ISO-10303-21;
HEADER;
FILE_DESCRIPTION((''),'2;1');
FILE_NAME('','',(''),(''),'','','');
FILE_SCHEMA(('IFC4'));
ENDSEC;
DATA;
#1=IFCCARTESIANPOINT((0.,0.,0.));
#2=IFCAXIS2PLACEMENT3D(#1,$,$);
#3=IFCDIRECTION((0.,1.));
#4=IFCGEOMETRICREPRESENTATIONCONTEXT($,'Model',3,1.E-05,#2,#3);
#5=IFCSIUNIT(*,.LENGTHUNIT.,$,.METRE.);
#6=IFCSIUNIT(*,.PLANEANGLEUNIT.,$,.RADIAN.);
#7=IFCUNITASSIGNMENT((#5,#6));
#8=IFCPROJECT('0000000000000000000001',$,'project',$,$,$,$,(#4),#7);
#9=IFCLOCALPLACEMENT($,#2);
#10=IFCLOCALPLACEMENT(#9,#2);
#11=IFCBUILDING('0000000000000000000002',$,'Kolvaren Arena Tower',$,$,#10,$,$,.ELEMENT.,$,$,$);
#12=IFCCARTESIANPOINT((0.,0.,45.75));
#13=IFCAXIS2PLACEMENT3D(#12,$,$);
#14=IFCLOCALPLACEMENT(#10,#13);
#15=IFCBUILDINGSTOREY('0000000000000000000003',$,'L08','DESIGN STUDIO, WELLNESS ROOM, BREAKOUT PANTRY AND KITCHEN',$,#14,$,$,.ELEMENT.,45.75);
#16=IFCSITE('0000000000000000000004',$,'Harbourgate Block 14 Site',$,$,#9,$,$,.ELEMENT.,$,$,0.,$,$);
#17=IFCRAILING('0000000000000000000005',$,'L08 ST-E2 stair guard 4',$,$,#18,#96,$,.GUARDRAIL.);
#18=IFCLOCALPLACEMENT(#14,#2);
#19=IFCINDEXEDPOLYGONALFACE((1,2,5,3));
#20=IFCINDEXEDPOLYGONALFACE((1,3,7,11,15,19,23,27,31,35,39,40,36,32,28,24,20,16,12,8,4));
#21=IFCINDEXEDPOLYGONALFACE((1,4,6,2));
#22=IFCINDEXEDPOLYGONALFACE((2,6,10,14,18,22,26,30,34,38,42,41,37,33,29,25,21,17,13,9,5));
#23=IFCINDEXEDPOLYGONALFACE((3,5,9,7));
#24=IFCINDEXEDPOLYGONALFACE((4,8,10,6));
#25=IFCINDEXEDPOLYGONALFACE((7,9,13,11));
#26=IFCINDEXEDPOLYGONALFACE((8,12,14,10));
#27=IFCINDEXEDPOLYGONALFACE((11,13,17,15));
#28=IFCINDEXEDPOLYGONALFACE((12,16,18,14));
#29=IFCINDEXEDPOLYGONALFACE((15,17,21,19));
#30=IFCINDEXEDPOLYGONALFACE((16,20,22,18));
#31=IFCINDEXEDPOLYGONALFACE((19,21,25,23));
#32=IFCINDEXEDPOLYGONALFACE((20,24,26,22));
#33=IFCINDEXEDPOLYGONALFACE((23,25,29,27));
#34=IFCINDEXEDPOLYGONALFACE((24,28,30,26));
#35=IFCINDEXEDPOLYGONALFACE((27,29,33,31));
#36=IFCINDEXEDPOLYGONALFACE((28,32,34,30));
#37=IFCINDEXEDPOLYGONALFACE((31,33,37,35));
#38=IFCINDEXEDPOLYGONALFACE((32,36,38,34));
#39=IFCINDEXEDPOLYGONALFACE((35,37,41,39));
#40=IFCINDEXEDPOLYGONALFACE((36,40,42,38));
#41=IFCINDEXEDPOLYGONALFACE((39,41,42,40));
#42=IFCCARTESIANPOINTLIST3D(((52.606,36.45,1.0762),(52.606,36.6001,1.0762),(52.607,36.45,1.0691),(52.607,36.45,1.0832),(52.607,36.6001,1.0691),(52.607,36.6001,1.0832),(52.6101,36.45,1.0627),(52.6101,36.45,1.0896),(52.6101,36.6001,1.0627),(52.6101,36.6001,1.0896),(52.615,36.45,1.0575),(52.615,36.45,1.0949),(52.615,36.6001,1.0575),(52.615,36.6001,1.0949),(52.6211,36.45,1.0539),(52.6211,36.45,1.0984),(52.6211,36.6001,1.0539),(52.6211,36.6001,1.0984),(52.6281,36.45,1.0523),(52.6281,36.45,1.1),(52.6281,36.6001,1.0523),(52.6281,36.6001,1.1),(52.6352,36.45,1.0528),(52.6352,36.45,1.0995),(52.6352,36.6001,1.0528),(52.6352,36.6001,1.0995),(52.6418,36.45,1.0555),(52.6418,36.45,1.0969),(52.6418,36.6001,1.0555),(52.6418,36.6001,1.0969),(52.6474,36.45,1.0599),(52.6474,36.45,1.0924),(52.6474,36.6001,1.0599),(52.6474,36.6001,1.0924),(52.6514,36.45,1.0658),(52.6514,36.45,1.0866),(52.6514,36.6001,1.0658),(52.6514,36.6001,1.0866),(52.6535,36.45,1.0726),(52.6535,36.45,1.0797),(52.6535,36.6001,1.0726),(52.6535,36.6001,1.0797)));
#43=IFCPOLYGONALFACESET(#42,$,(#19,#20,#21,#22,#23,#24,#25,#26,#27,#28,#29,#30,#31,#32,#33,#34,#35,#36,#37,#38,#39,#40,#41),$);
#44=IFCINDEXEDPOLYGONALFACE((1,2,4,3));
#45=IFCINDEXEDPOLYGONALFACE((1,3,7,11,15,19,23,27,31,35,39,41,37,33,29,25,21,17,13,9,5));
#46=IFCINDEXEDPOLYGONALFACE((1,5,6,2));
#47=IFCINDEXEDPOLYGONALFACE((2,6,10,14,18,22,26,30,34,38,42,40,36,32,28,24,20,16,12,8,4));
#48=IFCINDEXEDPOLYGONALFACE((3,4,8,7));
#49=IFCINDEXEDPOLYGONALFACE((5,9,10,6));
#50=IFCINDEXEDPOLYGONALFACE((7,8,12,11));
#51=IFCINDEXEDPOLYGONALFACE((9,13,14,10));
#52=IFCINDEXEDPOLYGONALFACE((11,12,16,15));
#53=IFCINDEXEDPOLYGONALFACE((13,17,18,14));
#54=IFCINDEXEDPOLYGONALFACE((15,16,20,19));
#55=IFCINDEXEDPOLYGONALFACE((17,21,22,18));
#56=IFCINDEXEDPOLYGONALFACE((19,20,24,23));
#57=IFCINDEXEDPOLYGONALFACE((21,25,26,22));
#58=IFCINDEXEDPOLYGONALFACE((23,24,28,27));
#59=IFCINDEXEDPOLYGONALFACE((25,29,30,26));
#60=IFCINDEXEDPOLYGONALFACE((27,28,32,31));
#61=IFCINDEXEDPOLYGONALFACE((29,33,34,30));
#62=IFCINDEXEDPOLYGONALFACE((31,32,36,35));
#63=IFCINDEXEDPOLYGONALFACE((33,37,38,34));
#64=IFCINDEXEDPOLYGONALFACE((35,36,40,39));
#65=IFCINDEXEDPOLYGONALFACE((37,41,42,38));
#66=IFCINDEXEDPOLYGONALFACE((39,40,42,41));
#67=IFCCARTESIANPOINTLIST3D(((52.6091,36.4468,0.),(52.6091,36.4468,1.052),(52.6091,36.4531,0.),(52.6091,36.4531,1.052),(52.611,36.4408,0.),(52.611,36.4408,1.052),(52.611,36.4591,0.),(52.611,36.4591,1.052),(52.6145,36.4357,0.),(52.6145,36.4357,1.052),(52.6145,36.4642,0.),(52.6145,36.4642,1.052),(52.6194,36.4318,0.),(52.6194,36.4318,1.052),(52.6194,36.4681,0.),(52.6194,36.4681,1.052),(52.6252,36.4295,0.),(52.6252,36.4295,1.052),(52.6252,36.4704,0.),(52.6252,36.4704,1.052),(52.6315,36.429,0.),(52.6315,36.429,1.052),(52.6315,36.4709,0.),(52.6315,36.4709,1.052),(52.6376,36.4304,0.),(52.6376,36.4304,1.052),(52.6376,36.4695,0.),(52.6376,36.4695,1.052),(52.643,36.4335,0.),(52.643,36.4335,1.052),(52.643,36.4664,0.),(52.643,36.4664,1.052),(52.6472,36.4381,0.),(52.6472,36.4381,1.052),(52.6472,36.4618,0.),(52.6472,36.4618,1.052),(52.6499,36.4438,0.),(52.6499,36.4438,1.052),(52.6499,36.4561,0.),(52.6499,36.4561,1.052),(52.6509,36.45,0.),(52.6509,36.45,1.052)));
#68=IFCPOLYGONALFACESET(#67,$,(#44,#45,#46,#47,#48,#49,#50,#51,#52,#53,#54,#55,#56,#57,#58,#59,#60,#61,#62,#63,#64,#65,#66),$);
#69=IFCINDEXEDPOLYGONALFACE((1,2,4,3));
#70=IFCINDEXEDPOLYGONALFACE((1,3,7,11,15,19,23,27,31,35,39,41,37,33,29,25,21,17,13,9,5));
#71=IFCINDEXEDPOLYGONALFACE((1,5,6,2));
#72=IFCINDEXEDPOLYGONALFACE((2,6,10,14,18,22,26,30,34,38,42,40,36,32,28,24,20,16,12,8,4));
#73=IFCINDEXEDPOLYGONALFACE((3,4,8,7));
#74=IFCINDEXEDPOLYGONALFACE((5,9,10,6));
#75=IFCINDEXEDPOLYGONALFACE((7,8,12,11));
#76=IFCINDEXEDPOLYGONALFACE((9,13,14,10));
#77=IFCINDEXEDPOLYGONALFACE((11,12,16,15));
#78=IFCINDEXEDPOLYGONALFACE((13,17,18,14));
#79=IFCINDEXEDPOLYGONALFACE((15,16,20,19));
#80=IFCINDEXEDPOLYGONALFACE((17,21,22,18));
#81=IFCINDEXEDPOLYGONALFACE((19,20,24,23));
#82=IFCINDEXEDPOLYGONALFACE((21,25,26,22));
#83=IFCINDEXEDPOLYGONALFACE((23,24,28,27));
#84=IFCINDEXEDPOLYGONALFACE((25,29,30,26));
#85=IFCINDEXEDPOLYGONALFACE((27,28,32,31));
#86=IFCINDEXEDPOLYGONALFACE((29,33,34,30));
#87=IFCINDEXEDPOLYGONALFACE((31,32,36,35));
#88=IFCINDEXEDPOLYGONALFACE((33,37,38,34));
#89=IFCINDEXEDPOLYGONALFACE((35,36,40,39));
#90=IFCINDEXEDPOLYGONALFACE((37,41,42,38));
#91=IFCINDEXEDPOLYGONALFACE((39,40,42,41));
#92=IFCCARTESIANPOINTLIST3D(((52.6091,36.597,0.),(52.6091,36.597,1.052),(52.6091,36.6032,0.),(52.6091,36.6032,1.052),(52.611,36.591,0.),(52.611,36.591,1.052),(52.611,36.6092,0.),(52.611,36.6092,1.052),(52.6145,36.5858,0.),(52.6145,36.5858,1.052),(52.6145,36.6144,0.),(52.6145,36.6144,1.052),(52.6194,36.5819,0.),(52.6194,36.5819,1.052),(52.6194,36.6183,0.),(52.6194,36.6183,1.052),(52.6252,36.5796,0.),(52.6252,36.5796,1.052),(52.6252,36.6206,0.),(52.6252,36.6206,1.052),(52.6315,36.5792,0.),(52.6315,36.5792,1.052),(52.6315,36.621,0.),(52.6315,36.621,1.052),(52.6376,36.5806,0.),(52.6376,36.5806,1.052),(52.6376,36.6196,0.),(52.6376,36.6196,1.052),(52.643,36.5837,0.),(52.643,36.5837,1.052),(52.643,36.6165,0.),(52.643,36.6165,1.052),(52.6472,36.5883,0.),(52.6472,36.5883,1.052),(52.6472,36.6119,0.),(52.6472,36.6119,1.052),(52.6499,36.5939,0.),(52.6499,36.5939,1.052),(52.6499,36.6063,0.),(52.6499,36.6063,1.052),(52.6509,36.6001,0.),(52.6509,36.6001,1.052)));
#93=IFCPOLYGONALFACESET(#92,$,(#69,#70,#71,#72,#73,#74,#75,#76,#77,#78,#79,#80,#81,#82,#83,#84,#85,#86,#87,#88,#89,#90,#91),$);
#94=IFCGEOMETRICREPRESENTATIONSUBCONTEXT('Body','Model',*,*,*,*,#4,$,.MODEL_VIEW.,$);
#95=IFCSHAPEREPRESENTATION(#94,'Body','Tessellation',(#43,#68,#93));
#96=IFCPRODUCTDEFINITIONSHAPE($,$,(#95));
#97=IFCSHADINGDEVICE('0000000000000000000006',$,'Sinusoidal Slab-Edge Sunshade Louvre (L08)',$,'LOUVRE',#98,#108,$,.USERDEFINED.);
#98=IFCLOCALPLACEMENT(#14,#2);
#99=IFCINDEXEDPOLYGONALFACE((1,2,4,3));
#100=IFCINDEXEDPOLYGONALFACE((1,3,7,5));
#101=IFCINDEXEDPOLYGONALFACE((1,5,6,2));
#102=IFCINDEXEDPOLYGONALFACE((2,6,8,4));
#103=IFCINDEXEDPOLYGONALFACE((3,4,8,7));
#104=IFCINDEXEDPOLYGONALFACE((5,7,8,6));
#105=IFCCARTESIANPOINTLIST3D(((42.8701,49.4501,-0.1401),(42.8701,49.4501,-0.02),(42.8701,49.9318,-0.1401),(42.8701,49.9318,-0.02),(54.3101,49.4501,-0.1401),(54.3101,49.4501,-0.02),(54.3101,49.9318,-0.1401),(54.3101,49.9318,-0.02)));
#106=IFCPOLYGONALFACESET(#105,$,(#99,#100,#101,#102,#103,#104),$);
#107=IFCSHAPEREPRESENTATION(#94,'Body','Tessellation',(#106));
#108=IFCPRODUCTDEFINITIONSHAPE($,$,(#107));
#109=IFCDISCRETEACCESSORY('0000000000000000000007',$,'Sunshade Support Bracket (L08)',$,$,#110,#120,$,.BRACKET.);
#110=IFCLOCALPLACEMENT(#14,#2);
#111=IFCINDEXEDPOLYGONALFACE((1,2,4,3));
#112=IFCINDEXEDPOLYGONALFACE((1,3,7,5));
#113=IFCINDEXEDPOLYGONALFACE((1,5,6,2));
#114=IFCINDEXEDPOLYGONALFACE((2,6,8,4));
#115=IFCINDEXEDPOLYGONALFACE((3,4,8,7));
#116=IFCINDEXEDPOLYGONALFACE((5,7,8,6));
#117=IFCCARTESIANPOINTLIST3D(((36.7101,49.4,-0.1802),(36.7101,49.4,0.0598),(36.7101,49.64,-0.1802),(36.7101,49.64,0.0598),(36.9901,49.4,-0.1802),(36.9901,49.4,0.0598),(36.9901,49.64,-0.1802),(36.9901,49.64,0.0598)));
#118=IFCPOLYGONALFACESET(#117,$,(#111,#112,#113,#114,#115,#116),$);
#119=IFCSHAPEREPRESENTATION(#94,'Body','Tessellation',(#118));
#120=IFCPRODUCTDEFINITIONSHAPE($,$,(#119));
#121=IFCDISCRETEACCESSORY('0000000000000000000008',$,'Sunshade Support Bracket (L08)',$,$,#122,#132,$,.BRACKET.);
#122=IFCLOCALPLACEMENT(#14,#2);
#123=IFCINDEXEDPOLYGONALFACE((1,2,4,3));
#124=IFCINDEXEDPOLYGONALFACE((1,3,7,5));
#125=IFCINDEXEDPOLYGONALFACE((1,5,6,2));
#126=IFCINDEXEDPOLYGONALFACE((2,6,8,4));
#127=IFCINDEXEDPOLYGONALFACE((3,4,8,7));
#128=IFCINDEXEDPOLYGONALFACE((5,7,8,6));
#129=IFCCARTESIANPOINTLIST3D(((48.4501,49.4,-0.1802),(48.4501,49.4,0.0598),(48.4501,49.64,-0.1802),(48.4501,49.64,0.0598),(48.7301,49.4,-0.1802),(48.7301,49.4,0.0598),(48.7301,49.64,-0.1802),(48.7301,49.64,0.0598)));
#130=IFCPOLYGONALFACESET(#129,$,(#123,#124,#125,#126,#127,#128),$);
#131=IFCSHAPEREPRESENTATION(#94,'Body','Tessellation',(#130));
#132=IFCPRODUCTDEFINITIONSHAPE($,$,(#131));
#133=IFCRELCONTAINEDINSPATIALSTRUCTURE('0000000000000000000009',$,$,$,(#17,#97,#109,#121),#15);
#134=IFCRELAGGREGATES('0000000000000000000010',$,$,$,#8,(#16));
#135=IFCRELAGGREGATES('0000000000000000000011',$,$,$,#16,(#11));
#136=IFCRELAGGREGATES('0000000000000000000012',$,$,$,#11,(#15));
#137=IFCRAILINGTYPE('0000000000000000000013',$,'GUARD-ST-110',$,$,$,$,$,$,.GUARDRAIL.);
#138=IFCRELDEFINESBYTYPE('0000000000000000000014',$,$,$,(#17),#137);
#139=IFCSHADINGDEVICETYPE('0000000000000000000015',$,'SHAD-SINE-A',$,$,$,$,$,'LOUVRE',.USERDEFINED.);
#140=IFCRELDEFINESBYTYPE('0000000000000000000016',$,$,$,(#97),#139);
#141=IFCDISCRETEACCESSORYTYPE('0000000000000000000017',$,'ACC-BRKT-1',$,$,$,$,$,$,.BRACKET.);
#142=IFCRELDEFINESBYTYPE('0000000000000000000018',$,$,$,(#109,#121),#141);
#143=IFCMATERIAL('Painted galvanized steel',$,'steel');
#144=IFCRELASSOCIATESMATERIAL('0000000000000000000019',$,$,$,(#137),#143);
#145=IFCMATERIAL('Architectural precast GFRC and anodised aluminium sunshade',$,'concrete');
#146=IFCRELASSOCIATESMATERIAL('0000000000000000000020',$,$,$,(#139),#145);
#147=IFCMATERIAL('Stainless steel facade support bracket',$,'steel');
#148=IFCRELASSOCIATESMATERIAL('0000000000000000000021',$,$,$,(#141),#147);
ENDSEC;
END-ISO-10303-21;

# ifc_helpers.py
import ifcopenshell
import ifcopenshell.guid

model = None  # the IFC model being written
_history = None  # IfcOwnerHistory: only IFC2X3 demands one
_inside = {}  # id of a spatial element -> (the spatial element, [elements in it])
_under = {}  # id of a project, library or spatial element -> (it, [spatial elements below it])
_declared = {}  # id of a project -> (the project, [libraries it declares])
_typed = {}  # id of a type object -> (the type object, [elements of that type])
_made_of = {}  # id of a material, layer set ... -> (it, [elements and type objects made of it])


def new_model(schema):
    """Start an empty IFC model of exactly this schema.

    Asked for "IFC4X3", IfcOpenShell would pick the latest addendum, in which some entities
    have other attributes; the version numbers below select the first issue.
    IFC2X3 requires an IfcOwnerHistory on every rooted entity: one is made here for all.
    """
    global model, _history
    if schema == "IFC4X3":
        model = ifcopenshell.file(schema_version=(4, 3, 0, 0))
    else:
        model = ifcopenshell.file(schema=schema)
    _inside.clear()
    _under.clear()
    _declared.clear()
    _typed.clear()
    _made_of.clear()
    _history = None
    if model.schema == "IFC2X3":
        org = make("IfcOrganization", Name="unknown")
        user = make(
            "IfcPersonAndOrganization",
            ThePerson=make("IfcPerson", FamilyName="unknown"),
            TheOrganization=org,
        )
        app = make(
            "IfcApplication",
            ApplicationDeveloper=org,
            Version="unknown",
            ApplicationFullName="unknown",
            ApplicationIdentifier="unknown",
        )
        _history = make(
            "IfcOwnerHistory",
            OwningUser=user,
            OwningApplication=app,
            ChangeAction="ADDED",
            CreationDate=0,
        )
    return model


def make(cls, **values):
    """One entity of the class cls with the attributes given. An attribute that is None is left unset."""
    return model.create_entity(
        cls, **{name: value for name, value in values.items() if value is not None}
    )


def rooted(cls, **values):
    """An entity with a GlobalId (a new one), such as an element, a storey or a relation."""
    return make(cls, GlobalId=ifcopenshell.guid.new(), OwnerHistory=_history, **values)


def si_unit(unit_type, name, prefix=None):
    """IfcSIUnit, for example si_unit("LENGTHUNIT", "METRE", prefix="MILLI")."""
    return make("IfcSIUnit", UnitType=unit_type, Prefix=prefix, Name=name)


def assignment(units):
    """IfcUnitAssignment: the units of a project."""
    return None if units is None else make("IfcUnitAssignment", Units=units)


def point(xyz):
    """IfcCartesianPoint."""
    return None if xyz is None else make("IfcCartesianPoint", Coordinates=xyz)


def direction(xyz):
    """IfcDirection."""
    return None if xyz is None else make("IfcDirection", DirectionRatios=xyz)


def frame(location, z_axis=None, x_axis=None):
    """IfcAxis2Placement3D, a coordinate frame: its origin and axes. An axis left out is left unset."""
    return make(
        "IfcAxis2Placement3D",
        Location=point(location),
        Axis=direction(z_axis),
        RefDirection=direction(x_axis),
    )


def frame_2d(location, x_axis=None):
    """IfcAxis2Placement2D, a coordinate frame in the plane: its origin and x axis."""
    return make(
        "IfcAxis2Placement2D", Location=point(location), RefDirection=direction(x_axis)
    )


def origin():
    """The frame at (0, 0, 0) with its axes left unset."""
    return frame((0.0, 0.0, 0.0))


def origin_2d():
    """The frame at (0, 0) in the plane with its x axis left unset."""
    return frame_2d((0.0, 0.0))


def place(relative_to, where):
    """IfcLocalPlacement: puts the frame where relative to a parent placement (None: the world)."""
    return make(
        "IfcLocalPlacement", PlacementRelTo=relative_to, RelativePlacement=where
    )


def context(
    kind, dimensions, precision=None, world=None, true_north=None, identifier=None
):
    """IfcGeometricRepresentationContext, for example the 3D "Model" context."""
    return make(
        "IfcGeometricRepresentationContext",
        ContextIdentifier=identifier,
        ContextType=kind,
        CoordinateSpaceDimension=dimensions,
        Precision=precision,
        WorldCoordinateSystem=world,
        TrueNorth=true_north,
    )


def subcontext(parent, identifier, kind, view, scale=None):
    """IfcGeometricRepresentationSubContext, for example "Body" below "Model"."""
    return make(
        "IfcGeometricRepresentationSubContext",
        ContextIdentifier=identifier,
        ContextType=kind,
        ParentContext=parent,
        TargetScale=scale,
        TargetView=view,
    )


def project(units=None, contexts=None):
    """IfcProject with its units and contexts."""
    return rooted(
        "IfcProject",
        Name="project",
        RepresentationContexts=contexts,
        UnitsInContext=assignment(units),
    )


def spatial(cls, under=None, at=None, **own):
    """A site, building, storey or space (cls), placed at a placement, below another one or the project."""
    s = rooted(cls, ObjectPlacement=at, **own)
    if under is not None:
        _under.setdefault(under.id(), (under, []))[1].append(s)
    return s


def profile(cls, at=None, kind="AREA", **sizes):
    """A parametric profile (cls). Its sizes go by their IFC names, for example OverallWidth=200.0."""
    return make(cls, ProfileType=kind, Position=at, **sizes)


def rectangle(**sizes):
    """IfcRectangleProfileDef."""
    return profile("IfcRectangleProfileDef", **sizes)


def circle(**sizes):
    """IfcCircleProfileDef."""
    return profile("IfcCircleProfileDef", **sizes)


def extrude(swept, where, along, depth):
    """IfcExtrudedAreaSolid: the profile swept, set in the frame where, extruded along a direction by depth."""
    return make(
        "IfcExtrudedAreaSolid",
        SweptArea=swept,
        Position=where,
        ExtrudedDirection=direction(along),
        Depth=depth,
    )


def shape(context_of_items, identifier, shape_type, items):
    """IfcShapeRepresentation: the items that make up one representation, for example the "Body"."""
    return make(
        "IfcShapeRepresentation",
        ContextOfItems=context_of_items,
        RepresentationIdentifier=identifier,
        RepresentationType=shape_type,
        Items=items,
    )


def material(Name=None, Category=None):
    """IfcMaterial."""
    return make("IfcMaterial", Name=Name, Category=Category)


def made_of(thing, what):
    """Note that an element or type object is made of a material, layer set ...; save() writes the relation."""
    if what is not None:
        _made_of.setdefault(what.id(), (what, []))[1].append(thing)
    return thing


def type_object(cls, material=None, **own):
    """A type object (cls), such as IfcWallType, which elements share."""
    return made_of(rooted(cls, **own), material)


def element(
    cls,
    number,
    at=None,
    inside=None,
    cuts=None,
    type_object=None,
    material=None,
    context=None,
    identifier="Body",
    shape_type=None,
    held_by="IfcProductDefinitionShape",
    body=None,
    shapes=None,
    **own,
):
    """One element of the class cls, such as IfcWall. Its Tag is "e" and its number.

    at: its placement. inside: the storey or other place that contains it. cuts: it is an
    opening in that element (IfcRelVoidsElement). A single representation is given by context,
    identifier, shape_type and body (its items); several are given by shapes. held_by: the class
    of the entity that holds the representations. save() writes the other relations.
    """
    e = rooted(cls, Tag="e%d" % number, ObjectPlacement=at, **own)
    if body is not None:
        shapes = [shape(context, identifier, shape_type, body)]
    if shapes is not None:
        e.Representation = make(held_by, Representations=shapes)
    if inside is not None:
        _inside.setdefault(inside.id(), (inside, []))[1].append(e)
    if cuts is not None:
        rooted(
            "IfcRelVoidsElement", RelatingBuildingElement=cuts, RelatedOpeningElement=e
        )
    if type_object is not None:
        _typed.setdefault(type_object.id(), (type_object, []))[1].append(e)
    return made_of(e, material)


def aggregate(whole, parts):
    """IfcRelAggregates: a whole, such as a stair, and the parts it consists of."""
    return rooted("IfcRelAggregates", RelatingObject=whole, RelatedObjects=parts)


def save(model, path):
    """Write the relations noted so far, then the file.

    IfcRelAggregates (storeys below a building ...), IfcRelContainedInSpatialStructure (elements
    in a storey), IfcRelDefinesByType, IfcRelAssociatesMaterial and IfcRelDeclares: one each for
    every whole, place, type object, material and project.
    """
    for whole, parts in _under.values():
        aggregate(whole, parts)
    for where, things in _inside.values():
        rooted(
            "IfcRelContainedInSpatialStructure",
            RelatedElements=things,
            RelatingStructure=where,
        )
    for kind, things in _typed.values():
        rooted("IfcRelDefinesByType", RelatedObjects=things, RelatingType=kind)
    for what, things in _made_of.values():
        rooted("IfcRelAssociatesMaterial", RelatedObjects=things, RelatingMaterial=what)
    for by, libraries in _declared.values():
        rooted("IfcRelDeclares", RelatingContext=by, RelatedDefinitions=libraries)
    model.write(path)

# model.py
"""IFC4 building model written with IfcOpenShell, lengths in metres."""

from ifc_helpers import new_model, si_unit, direction, frame, origin, origin_2d, place, context, subcontext, project, spatial, rectangle, circle, extrude, material, type_object, element, save


model = new_model("IFC4")

# Units and contexts
model_context = context("Model", 3, precision=1e-05, world=origin(), true_north=direction((0.0, 1.0)))
body_context = subcontext(model_context, "Body", "Model", "MODEL_VIEW")
ifc_project = project(units=[si_unit("LENGTHUNIT", "METRE"), si_unit("PLANEANGLEUNIT", "RADIAN")], contexts=[model_context])

# Site, building, storey
site_placement = place(None, origin())
site = spatial("IfcSite", under=ifc_project, at=site_placement, Name="Harbourgate Block 14 Site", CompositionType="ELEMENT", RefElevation=0.0)
building_placement = place(site_placement, origin())
building = spatial("IfcBuilding", under=site, at=building_placement, Name="Kolvaren Arena Tower", CompositionType="ELEMENT")
storey_placement = place(building_placement, frame((0.0, 0.0, 45.75)))
storey = spatial("IfcBuildingStorey", under=building, at=storey_placement, Name="L08", Description="DESIGN STUDIO, WELLNESS ROOM, BREAKOUT PANTRY AND KITCHEN", CompositionType="ELEMENT", Elevation=45.75)

# Railing
ifc_material_1 = material(Name="Painted galvanized steel", Category="steel")
railing_type = type_object("IfcRailingType", Name="GUARD-ST-110", PredefinedType="GUARDRAIL", material=ifc_material_1)
railing_1_placement = place(storey_placement, frame((52.6299, 36.45, 0.0)))
element("IfcRailing", 1, at=railing_1_placement, inside=storey, type_object=railing_type, Name="L08 ST-E2 stair guard 4", PredefinedType="GUARDRAIL", context=body_context, shape_type="SweptSolid", body=[
    extrude(circle(Radius=0.0239, at=origin_2d()), frame((0.0, 0.0, 1.0762), z_axis=(0.0, 1.0, 0.0), x_axis=(-1.0, 0.0, 0.0)), (0.0, 0.0, 1.0), 0.1501),
    extrude(circle(Radius=0.021, at=origin_2d()), origin(), (0.0, 0.0, 1.0), 1.052),
    extrude(circle(Radius=0.021, at=origin_2d()), frame((0.0, 0.1501, 0.0)), (0.0, 0.0, 1.0), 1.052),
])

# Shading device
ifc_material_2 = material(Name="Architectural precast GFRC and anodised aluminium sunshade", Category="concrete")
shading_device_type = type_object("IfcShadingDeviceType", Name="SHAD-SINE-A", ElementType="LOUVRE", PredefinedType="USERDEFINED", material=ifc_material_2)
shading_device_placement = place(storey_placement, frame((48.5901, 49.6909, -0.1401), z_axis=(0.0, 0.0, 1.0), x_axis=(1.0, 0.0, 0.0)))
element("IfcShadingDevice", 2, at=shading_device_placement, inside=storey, type_object=shading_device_type, Name="Sinusoidal Slab-Edge Sunshade Louvre (L08)", ObjectType="LOUVRE", PredefinedType="USERDEFINED", context=body_context, shape_type="SweptSolid", body=[
    extrude(rectangle(XDim=11.4399, YDim=0.4817, at=origin_2d()), origin(), (0.0, 0.0, 1.0), 0.1201),
])

# Discrete accessories
ifc_material_3 = material(Name="Stainless steel facade support bracket", Category="steel")
discrete_accessory_type = type_object("IfcDiscreteAccessoryType", Name="ACC-BRKT-1", PredefinedType="BRACKET", material=ifc_material_3)
for number, where, z_axis, x_axis, name in (
    (3, (36.8501, 49.52, -0.1802), (0.0, 0.0, 1.0), (1.0, 0.0, 0.0), "Sunshade Support Bracket (L08)"),
    (4, (48.5901, 49.52, -0.1802), (0.0, 0.0, 1.0), (1.0, 0.0, 0.0), "Sunshade Support Bracket (L08)"),
):
    element("IfcDiscreteAccessory", number, at=place(storey_placement, frame(where, z_axis=z_axis, x_axis=x_axis)), inside=storey, type_object=discrete_accessory_type, Name=name, PredefinedType="BRACKET", context=body_context, shape_type="SweptSolid", body=[
        extrude(rectangle(XDim=0.28, YDim=0.24, at=origin_2d()), origin(), (0.0, 0.0, 1.0), 0.24),
    ])

save(model, "model.ifc")
